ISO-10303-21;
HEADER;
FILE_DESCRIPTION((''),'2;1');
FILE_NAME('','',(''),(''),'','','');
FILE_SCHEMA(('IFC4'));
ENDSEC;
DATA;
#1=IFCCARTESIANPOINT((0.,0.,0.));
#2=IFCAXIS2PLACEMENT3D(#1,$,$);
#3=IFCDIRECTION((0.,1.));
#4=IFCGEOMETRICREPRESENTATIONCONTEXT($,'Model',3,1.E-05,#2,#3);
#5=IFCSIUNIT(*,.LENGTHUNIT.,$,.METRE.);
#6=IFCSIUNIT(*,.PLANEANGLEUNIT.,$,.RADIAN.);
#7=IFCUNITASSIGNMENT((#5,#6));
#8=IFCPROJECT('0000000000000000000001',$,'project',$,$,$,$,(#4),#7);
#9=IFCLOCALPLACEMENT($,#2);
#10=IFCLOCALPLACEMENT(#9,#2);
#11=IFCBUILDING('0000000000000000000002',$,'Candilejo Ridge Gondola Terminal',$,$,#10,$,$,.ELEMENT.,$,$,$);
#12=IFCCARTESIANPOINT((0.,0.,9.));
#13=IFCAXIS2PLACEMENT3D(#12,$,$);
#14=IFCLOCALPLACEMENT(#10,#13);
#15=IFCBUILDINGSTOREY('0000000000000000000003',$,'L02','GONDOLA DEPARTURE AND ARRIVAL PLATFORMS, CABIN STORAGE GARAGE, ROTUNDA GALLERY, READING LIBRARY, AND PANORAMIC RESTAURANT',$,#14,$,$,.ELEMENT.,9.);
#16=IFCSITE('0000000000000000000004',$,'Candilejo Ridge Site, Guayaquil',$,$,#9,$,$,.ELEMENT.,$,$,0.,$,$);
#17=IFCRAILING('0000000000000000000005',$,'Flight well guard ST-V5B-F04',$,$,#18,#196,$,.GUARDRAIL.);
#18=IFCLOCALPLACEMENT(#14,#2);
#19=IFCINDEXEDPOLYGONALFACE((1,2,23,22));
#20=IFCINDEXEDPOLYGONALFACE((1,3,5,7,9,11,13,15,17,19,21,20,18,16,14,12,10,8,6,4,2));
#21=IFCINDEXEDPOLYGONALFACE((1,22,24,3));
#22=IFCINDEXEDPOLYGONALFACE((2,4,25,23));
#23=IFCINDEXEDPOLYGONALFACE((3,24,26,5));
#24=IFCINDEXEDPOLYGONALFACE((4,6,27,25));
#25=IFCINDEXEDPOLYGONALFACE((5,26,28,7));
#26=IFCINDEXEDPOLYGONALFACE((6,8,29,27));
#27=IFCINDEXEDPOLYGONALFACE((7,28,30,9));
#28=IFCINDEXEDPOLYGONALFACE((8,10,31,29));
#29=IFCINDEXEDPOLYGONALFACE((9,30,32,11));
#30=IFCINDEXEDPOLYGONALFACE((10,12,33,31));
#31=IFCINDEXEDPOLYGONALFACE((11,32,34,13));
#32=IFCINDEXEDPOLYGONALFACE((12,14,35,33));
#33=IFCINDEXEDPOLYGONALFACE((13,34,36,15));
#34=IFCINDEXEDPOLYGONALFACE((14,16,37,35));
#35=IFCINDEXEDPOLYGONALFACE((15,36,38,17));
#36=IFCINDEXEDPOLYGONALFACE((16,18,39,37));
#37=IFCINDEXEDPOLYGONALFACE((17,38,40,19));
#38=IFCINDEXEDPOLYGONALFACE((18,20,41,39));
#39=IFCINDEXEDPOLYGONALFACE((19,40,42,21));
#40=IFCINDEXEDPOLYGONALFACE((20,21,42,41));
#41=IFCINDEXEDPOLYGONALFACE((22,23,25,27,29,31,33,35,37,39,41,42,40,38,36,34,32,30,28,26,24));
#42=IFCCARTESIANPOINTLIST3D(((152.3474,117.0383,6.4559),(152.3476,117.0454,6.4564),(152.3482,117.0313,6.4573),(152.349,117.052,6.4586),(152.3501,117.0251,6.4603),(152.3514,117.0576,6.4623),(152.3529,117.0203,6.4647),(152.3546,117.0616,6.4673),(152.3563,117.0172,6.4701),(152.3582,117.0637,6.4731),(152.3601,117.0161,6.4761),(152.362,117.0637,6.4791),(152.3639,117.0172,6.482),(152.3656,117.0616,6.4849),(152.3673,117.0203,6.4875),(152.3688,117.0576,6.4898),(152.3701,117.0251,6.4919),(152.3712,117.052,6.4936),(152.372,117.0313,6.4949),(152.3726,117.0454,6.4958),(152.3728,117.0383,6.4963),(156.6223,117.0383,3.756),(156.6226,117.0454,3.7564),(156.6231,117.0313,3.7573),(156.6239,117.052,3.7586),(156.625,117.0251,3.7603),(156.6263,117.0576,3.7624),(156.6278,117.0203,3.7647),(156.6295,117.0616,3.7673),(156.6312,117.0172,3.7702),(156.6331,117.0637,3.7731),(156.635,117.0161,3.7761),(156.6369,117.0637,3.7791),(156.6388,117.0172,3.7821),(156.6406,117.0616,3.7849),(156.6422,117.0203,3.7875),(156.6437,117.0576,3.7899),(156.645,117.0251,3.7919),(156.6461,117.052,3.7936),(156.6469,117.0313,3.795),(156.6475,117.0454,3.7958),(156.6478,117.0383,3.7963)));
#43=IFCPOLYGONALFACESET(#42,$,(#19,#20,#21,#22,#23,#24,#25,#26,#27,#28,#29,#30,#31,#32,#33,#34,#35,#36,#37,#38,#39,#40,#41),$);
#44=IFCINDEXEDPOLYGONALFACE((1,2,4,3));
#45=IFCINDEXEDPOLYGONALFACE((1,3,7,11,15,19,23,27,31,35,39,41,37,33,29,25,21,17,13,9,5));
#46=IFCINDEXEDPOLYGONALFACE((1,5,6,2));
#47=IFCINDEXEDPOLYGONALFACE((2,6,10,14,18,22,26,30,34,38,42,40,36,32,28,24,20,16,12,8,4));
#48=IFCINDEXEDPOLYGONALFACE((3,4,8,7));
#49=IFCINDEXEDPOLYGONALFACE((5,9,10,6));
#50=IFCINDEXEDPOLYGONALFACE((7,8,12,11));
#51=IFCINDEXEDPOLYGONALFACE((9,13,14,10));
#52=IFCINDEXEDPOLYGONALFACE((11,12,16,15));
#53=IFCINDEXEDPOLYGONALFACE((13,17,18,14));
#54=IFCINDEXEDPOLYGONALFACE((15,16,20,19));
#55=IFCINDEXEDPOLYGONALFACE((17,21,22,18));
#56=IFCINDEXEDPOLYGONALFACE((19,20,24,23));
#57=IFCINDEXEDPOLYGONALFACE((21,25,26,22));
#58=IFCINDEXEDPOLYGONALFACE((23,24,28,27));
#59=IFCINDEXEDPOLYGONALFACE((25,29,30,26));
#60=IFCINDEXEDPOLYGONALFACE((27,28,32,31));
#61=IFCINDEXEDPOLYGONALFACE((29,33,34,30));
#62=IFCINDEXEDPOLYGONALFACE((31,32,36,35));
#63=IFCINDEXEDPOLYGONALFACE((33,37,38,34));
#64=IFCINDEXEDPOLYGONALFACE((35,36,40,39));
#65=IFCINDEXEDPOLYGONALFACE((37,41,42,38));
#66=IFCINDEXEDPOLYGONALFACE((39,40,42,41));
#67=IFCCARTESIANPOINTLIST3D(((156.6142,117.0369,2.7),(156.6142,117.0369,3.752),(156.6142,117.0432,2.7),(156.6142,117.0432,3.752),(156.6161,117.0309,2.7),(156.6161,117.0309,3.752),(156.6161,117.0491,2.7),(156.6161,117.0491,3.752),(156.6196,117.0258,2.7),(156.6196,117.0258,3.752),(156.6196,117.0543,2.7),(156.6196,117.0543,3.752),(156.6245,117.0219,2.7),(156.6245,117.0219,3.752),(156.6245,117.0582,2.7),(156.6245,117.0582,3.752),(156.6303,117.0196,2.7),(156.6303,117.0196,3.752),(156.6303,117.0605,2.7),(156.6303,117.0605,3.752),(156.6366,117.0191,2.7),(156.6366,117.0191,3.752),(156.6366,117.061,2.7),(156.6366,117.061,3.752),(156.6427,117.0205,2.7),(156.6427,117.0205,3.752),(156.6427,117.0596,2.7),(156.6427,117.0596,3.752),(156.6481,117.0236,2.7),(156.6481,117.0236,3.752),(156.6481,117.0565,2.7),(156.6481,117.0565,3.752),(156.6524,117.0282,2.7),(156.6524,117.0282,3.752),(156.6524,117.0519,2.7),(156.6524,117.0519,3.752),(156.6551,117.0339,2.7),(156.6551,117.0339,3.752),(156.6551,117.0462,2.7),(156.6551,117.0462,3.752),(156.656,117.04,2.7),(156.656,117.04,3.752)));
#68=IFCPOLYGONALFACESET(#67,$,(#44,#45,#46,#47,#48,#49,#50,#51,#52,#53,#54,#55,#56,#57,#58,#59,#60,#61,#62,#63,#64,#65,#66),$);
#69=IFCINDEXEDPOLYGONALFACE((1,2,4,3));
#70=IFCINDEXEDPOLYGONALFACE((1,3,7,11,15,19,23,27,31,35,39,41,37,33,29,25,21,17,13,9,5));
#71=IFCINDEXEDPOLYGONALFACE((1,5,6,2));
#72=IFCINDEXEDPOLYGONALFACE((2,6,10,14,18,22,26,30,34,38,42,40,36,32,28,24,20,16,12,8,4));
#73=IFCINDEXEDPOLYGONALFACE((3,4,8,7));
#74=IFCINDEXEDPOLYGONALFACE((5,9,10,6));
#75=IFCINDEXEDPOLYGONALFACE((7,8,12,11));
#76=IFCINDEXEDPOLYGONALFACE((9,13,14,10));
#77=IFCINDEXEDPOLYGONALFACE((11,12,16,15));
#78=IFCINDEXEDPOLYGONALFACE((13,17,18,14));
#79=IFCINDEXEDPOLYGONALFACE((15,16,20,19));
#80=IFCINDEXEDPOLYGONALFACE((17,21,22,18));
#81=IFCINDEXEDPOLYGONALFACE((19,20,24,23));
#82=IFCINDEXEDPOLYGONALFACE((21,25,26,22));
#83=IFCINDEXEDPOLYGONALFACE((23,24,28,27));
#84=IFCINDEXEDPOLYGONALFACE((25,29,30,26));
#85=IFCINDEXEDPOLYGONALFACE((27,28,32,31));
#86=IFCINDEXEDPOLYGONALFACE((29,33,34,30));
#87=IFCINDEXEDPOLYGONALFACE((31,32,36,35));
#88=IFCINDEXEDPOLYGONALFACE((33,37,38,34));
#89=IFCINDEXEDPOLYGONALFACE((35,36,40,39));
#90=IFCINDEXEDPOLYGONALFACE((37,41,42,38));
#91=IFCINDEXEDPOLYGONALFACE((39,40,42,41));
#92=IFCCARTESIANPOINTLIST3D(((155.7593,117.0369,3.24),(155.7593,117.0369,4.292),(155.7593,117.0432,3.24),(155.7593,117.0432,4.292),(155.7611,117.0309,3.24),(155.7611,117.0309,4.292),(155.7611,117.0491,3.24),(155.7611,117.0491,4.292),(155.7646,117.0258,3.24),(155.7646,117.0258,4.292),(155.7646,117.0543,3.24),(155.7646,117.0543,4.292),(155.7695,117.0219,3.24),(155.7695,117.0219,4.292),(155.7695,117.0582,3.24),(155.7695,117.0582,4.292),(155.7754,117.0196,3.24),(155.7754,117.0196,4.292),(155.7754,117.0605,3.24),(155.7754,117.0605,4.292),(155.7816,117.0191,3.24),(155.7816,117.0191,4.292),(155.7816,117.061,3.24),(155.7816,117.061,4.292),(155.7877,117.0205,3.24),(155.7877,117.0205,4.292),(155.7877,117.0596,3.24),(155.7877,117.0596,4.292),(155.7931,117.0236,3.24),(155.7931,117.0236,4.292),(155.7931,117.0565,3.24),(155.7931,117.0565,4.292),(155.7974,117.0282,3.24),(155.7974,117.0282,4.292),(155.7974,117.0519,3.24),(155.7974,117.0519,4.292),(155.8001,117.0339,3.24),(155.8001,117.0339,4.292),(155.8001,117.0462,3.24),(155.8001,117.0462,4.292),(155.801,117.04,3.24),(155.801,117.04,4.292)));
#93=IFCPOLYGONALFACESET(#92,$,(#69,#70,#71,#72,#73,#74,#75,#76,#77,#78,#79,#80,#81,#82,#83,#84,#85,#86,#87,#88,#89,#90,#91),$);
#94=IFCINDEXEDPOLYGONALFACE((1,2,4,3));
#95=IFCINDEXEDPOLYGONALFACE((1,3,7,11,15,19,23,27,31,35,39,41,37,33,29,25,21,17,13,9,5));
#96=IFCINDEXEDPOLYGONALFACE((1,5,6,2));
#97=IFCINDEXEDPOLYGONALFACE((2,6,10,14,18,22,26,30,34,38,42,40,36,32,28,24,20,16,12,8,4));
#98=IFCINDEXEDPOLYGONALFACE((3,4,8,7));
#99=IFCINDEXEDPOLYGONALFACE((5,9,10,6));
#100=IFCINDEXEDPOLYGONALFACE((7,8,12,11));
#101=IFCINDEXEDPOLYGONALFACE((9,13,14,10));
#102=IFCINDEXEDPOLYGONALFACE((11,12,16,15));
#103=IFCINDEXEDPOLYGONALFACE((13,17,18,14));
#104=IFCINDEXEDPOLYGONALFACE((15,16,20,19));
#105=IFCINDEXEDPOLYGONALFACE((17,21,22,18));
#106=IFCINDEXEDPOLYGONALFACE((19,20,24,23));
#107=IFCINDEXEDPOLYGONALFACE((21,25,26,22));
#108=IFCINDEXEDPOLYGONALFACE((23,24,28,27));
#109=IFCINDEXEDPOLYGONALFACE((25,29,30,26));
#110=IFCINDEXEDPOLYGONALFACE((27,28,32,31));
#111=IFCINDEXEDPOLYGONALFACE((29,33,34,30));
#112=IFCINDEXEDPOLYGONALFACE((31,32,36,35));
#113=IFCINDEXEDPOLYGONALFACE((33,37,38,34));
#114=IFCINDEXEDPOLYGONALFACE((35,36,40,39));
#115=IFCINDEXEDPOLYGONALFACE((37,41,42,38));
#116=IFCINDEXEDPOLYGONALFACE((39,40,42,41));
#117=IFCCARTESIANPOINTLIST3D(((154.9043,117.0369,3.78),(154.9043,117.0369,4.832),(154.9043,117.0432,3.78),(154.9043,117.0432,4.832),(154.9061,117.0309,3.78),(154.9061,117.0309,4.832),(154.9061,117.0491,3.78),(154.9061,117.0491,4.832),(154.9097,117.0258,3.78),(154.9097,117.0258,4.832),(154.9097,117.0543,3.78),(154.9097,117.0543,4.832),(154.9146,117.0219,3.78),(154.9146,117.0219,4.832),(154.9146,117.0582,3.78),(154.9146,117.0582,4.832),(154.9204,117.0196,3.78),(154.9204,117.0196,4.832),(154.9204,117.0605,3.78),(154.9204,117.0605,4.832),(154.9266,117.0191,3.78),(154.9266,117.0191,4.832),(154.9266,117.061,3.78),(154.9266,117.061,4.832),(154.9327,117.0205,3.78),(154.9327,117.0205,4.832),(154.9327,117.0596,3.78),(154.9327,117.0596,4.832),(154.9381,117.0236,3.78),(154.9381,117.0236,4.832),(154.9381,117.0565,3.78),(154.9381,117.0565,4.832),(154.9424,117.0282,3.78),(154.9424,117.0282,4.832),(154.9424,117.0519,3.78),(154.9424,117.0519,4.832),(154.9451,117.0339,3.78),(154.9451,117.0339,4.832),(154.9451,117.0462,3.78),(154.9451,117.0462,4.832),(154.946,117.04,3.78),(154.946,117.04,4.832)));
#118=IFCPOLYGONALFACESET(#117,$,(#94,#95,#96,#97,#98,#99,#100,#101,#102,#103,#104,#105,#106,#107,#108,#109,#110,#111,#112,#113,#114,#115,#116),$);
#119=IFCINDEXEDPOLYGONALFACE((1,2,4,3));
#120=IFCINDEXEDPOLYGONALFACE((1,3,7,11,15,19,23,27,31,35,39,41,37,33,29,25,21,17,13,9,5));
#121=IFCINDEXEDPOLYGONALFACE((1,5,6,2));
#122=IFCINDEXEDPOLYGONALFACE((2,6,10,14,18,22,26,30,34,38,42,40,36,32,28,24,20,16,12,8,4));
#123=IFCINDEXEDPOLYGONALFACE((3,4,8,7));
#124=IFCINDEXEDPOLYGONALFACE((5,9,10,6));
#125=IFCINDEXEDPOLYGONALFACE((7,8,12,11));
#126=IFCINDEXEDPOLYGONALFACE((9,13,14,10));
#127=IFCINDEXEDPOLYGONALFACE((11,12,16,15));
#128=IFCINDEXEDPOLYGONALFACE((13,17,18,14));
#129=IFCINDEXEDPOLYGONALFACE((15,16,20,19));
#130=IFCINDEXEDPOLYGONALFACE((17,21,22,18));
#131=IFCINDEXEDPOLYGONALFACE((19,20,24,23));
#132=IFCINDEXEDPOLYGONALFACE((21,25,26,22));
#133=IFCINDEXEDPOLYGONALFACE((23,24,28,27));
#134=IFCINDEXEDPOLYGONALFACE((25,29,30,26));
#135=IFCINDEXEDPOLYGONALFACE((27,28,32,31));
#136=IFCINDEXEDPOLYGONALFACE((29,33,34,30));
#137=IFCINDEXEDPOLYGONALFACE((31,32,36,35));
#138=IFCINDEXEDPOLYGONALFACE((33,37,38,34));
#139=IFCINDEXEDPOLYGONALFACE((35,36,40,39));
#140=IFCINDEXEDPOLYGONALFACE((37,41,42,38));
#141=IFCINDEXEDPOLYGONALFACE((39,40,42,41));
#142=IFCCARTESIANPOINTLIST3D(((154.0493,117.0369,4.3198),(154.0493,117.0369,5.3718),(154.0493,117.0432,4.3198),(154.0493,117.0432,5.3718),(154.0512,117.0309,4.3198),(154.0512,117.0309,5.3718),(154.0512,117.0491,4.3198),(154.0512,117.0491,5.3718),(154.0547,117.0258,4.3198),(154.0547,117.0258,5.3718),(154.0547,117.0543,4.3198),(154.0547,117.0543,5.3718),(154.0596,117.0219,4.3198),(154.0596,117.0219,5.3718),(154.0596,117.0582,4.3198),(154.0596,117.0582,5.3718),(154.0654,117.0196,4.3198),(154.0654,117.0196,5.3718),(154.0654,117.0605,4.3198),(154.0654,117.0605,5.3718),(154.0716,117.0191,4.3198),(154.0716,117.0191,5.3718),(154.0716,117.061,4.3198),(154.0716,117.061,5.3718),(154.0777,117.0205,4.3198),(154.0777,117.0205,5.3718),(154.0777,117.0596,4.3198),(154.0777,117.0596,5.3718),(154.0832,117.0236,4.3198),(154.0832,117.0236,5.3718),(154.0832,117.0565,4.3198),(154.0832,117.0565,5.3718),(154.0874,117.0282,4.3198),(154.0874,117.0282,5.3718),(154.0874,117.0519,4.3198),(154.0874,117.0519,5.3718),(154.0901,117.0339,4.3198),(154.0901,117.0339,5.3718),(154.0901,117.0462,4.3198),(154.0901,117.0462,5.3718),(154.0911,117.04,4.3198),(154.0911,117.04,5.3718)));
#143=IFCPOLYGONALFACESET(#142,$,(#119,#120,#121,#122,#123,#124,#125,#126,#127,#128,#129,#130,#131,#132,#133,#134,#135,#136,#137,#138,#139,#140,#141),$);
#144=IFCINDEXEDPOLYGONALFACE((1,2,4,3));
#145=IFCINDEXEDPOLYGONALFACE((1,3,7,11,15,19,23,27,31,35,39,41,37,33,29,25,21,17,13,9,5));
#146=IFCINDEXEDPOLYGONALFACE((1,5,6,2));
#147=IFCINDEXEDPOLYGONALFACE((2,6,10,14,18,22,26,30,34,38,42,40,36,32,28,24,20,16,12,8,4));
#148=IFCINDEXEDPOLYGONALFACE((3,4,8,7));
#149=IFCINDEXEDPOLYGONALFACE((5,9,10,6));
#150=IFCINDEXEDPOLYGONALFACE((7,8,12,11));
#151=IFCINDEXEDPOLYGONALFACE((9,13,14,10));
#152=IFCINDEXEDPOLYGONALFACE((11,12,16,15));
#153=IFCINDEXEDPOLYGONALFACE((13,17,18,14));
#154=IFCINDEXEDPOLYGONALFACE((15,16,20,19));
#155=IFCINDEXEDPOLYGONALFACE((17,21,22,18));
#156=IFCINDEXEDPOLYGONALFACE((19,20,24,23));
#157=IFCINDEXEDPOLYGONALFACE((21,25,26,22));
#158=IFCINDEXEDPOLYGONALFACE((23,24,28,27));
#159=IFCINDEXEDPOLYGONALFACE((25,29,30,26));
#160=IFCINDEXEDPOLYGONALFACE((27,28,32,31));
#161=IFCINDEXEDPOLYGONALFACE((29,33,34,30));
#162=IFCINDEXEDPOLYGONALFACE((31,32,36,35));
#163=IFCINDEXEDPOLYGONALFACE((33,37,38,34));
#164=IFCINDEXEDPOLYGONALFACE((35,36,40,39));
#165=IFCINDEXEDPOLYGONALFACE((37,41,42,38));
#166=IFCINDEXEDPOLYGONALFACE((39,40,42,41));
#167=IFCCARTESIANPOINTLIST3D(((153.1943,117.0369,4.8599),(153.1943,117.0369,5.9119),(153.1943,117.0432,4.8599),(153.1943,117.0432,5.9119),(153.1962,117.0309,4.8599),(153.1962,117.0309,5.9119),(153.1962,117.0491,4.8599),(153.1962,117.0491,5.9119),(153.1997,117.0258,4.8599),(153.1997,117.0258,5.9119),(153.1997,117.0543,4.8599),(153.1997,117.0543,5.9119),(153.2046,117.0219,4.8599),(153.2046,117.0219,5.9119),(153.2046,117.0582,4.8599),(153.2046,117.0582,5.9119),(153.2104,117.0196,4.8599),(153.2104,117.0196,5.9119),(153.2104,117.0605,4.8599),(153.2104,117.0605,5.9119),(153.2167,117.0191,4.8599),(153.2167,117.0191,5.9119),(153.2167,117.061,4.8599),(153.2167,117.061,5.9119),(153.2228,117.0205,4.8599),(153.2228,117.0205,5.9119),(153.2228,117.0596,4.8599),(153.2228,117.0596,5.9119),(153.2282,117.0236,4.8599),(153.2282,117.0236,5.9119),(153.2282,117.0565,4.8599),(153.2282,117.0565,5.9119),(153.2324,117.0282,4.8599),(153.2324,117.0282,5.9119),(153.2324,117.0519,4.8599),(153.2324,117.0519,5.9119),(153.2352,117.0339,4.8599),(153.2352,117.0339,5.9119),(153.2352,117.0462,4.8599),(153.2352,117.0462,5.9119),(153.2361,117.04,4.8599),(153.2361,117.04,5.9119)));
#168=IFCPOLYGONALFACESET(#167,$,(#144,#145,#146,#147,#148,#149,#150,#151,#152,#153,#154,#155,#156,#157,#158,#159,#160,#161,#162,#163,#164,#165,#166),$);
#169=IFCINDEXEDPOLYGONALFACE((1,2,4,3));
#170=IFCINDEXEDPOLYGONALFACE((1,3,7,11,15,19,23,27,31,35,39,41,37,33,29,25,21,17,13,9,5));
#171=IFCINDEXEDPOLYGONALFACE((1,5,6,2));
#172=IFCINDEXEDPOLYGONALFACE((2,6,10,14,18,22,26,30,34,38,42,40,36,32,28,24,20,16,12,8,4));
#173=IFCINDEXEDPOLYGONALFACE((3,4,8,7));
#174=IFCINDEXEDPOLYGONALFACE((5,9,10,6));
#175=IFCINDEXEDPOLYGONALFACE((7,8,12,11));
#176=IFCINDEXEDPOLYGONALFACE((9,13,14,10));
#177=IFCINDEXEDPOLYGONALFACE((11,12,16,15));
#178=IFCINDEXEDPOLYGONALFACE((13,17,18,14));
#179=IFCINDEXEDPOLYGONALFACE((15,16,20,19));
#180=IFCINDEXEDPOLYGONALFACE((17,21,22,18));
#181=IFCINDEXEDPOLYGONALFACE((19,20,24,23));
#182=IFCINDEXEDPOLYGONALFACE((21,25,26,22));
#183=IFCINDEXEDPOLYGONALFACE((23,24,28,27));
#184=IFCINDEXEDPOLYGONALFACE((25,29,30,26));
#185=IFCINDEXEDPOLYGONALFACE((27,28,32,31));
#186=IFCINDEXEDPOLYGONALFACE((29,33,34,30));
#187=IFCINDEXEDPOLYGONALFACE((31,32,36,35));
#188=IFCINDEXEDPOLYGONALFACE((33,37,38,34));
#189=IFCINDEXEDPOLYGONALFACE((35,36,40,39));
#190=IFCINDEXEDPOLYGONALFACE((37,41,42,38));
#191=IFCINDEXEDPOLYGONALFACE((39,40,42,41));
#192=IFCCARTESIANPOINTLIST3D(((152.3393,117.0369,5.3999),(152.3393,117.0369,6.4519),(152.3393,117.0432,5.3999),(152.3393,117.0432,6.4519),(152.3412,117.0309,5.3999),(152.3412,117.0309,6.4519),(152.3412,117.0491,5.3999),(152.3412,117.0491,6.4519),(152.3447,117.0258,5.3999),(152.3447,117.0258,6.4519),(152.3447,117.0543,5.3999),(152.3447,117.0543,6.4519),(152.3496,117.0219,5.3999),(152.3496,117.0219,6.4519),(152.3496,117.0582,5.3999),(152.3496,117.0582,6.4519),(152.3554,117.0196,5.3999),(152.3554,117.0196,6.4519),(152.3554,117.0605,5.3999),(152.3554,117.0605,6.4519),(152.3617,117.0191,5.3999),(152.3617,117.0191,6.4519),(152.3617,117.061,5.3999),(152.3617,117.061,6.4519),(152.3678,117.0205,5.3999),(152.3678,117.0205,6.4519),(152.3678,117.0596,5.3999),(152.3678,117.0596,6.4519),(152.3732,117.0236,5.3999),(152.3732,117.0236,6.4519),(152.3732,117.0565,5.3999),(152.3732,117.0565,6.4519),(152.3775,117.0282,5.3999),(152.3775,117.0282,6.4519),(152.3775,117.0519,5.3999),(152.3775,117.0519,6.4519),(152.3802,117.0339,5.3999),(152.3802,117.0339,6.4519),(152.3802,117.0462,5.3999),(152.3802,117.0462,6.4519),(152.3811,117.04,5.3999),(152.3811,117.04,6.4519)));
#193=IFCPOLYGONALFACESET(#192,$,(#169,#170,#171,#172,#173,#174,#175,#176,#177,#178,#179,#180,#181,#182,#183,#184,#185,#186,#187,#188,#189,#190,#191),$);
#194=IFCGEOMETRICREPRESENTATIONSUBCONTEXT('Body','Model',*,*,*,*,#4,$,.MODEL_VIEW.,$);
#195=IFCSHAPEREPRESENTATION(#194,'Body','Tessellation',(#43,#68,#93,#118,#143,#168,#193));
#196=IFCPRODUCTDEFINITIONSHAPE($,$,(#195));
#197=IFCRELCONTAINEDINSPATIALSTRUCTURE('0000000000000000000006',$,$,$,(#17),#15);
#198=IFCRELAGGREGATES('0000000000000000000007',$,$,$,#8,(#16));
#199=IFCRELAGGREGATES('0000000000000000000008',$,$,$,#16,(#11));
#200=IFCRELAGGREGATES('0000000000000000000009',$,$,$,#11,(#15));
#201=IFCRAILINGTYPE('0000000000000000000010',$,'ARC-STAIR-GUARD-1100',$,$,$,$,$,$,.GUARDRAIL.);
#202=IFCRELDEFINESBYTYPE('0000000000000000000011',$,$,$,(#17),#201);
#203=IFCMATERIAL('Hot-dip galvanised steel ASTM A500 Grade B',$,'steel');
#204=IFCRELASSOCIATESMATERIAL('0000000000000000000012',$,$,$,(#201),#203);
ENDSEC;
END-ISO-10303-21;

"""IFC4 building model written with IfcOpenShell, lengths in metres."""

from ifc_helpers import new_model, si_unit, direction, frame, origin, origin_2d, place, context, subcontext, project, spatial, circle, extrude, material, type_object, element, save


model = new_model("IFC4")

# Units and contexts
model_context = context("Model", 3, precision=1e-05, world=origin(), true_north=direction((0.0, 1.0)))
body_context = subcontext(model_context, "Body", "Model", "MODEL_VIEW")
ifc_project = project(units=[si_unit("LENGTHUNIT", "METRE"), si_unit("PLANEANGLEUNIT", "RADIAN")], contexts=[model_context])

# Site, building, storey
site_placement = place(None, origin())
site = spatial("IfcSite", under=ifc_project, at=site_placement, Name="Candilejo Ridge Site, Guayaquil", CompositionType="ELEMENT", RefElevation=0.0)
building_placement = place(site_placement, origin())
building = spatial("IfcBuilding", under=site, at=building_placement, Name="Candilejo Ridge Gondola Terminal", CompositionType="ELEMENT")
storey_placement = place(building_placement, frame((0.0, 0.0, 9.0)))
storey = spatial("IfcBuildingStorey", under=building, at=storey_placement, Name="L02", Description="GONDOLA DEPARTURE AND ARRIVAL PLATFORMS, CABIN STORAGE GARAGE, ROTUNDA GALLERY, READING LIBRARY, AND PANORAMIC RESTAURANT", CompositionType="ELEMENT", Elevation=9.0)

# Railing
ifc_material_1 = material(Name="Hot-dip galvanised steel ASTM A500 Grade B", Category="steel")
railing_type_1 = type_object("IfcRailingType", Name="ARC-STAIR-GUARD-1100", PredefinedType="GUARDRAIL", material=ifc_material_1)
railing_1_placement = place(storey_placement, frame((156.635, 117.04, 2.7)))
element("IfcRailing", 1, at=railing_1_placement, inside=storey, type_object=railing_type_1, Name="Flight well guard ST-V5B-F04", PredefinedType="GUARDRAIL", context=body_context, shape_type="SweptSolid", body=[
    extrude(circle(Radius=0.0239, at=origin_2d()), frame((0.0, 0.0, 1.0762), z_axis=(-0.845488, 0.0, 0.533995), x_axis=(0.0, -1.0, 0.0)), (0.0, 0.0, 1.0), 5.0562),
    extrude(circle(Radius=0.021, at=origin_2d()), origin(), (0.0, 0.0, 1.0), 1.052),
    extrude(circle(Radius=0.021, at=origin_2d()), frame((-0.855, 0.0, 0.54)), (0.0, 0.0, 1.0), 1.052),
    extrude(circle(Radius=0.021, at=origin_2d()), frame((-1.71, 0.0, 1.0801)), (0.0, 0.0, 1.0), 1.052),
    extrude(circle(Radius=0.021, at=origin_2d()), frame((-2.5649, 0.0, 1.6199)), (0.0, 0.0, 1.0), 1.052),
    extrude(circle(Radius=0.021, at=origin_2d()), frame((-3.4199, 0.0, 2.1599)), (0.0, 0.0, 1.0), 1.052),
    extrude(circle(Radius=0.021, at=origin_2d()), frame((-4.2749, 0.0, 2.7)), (0.0, 0.0, 1.0), 1.052),
])

save(model, "model.ifc")
